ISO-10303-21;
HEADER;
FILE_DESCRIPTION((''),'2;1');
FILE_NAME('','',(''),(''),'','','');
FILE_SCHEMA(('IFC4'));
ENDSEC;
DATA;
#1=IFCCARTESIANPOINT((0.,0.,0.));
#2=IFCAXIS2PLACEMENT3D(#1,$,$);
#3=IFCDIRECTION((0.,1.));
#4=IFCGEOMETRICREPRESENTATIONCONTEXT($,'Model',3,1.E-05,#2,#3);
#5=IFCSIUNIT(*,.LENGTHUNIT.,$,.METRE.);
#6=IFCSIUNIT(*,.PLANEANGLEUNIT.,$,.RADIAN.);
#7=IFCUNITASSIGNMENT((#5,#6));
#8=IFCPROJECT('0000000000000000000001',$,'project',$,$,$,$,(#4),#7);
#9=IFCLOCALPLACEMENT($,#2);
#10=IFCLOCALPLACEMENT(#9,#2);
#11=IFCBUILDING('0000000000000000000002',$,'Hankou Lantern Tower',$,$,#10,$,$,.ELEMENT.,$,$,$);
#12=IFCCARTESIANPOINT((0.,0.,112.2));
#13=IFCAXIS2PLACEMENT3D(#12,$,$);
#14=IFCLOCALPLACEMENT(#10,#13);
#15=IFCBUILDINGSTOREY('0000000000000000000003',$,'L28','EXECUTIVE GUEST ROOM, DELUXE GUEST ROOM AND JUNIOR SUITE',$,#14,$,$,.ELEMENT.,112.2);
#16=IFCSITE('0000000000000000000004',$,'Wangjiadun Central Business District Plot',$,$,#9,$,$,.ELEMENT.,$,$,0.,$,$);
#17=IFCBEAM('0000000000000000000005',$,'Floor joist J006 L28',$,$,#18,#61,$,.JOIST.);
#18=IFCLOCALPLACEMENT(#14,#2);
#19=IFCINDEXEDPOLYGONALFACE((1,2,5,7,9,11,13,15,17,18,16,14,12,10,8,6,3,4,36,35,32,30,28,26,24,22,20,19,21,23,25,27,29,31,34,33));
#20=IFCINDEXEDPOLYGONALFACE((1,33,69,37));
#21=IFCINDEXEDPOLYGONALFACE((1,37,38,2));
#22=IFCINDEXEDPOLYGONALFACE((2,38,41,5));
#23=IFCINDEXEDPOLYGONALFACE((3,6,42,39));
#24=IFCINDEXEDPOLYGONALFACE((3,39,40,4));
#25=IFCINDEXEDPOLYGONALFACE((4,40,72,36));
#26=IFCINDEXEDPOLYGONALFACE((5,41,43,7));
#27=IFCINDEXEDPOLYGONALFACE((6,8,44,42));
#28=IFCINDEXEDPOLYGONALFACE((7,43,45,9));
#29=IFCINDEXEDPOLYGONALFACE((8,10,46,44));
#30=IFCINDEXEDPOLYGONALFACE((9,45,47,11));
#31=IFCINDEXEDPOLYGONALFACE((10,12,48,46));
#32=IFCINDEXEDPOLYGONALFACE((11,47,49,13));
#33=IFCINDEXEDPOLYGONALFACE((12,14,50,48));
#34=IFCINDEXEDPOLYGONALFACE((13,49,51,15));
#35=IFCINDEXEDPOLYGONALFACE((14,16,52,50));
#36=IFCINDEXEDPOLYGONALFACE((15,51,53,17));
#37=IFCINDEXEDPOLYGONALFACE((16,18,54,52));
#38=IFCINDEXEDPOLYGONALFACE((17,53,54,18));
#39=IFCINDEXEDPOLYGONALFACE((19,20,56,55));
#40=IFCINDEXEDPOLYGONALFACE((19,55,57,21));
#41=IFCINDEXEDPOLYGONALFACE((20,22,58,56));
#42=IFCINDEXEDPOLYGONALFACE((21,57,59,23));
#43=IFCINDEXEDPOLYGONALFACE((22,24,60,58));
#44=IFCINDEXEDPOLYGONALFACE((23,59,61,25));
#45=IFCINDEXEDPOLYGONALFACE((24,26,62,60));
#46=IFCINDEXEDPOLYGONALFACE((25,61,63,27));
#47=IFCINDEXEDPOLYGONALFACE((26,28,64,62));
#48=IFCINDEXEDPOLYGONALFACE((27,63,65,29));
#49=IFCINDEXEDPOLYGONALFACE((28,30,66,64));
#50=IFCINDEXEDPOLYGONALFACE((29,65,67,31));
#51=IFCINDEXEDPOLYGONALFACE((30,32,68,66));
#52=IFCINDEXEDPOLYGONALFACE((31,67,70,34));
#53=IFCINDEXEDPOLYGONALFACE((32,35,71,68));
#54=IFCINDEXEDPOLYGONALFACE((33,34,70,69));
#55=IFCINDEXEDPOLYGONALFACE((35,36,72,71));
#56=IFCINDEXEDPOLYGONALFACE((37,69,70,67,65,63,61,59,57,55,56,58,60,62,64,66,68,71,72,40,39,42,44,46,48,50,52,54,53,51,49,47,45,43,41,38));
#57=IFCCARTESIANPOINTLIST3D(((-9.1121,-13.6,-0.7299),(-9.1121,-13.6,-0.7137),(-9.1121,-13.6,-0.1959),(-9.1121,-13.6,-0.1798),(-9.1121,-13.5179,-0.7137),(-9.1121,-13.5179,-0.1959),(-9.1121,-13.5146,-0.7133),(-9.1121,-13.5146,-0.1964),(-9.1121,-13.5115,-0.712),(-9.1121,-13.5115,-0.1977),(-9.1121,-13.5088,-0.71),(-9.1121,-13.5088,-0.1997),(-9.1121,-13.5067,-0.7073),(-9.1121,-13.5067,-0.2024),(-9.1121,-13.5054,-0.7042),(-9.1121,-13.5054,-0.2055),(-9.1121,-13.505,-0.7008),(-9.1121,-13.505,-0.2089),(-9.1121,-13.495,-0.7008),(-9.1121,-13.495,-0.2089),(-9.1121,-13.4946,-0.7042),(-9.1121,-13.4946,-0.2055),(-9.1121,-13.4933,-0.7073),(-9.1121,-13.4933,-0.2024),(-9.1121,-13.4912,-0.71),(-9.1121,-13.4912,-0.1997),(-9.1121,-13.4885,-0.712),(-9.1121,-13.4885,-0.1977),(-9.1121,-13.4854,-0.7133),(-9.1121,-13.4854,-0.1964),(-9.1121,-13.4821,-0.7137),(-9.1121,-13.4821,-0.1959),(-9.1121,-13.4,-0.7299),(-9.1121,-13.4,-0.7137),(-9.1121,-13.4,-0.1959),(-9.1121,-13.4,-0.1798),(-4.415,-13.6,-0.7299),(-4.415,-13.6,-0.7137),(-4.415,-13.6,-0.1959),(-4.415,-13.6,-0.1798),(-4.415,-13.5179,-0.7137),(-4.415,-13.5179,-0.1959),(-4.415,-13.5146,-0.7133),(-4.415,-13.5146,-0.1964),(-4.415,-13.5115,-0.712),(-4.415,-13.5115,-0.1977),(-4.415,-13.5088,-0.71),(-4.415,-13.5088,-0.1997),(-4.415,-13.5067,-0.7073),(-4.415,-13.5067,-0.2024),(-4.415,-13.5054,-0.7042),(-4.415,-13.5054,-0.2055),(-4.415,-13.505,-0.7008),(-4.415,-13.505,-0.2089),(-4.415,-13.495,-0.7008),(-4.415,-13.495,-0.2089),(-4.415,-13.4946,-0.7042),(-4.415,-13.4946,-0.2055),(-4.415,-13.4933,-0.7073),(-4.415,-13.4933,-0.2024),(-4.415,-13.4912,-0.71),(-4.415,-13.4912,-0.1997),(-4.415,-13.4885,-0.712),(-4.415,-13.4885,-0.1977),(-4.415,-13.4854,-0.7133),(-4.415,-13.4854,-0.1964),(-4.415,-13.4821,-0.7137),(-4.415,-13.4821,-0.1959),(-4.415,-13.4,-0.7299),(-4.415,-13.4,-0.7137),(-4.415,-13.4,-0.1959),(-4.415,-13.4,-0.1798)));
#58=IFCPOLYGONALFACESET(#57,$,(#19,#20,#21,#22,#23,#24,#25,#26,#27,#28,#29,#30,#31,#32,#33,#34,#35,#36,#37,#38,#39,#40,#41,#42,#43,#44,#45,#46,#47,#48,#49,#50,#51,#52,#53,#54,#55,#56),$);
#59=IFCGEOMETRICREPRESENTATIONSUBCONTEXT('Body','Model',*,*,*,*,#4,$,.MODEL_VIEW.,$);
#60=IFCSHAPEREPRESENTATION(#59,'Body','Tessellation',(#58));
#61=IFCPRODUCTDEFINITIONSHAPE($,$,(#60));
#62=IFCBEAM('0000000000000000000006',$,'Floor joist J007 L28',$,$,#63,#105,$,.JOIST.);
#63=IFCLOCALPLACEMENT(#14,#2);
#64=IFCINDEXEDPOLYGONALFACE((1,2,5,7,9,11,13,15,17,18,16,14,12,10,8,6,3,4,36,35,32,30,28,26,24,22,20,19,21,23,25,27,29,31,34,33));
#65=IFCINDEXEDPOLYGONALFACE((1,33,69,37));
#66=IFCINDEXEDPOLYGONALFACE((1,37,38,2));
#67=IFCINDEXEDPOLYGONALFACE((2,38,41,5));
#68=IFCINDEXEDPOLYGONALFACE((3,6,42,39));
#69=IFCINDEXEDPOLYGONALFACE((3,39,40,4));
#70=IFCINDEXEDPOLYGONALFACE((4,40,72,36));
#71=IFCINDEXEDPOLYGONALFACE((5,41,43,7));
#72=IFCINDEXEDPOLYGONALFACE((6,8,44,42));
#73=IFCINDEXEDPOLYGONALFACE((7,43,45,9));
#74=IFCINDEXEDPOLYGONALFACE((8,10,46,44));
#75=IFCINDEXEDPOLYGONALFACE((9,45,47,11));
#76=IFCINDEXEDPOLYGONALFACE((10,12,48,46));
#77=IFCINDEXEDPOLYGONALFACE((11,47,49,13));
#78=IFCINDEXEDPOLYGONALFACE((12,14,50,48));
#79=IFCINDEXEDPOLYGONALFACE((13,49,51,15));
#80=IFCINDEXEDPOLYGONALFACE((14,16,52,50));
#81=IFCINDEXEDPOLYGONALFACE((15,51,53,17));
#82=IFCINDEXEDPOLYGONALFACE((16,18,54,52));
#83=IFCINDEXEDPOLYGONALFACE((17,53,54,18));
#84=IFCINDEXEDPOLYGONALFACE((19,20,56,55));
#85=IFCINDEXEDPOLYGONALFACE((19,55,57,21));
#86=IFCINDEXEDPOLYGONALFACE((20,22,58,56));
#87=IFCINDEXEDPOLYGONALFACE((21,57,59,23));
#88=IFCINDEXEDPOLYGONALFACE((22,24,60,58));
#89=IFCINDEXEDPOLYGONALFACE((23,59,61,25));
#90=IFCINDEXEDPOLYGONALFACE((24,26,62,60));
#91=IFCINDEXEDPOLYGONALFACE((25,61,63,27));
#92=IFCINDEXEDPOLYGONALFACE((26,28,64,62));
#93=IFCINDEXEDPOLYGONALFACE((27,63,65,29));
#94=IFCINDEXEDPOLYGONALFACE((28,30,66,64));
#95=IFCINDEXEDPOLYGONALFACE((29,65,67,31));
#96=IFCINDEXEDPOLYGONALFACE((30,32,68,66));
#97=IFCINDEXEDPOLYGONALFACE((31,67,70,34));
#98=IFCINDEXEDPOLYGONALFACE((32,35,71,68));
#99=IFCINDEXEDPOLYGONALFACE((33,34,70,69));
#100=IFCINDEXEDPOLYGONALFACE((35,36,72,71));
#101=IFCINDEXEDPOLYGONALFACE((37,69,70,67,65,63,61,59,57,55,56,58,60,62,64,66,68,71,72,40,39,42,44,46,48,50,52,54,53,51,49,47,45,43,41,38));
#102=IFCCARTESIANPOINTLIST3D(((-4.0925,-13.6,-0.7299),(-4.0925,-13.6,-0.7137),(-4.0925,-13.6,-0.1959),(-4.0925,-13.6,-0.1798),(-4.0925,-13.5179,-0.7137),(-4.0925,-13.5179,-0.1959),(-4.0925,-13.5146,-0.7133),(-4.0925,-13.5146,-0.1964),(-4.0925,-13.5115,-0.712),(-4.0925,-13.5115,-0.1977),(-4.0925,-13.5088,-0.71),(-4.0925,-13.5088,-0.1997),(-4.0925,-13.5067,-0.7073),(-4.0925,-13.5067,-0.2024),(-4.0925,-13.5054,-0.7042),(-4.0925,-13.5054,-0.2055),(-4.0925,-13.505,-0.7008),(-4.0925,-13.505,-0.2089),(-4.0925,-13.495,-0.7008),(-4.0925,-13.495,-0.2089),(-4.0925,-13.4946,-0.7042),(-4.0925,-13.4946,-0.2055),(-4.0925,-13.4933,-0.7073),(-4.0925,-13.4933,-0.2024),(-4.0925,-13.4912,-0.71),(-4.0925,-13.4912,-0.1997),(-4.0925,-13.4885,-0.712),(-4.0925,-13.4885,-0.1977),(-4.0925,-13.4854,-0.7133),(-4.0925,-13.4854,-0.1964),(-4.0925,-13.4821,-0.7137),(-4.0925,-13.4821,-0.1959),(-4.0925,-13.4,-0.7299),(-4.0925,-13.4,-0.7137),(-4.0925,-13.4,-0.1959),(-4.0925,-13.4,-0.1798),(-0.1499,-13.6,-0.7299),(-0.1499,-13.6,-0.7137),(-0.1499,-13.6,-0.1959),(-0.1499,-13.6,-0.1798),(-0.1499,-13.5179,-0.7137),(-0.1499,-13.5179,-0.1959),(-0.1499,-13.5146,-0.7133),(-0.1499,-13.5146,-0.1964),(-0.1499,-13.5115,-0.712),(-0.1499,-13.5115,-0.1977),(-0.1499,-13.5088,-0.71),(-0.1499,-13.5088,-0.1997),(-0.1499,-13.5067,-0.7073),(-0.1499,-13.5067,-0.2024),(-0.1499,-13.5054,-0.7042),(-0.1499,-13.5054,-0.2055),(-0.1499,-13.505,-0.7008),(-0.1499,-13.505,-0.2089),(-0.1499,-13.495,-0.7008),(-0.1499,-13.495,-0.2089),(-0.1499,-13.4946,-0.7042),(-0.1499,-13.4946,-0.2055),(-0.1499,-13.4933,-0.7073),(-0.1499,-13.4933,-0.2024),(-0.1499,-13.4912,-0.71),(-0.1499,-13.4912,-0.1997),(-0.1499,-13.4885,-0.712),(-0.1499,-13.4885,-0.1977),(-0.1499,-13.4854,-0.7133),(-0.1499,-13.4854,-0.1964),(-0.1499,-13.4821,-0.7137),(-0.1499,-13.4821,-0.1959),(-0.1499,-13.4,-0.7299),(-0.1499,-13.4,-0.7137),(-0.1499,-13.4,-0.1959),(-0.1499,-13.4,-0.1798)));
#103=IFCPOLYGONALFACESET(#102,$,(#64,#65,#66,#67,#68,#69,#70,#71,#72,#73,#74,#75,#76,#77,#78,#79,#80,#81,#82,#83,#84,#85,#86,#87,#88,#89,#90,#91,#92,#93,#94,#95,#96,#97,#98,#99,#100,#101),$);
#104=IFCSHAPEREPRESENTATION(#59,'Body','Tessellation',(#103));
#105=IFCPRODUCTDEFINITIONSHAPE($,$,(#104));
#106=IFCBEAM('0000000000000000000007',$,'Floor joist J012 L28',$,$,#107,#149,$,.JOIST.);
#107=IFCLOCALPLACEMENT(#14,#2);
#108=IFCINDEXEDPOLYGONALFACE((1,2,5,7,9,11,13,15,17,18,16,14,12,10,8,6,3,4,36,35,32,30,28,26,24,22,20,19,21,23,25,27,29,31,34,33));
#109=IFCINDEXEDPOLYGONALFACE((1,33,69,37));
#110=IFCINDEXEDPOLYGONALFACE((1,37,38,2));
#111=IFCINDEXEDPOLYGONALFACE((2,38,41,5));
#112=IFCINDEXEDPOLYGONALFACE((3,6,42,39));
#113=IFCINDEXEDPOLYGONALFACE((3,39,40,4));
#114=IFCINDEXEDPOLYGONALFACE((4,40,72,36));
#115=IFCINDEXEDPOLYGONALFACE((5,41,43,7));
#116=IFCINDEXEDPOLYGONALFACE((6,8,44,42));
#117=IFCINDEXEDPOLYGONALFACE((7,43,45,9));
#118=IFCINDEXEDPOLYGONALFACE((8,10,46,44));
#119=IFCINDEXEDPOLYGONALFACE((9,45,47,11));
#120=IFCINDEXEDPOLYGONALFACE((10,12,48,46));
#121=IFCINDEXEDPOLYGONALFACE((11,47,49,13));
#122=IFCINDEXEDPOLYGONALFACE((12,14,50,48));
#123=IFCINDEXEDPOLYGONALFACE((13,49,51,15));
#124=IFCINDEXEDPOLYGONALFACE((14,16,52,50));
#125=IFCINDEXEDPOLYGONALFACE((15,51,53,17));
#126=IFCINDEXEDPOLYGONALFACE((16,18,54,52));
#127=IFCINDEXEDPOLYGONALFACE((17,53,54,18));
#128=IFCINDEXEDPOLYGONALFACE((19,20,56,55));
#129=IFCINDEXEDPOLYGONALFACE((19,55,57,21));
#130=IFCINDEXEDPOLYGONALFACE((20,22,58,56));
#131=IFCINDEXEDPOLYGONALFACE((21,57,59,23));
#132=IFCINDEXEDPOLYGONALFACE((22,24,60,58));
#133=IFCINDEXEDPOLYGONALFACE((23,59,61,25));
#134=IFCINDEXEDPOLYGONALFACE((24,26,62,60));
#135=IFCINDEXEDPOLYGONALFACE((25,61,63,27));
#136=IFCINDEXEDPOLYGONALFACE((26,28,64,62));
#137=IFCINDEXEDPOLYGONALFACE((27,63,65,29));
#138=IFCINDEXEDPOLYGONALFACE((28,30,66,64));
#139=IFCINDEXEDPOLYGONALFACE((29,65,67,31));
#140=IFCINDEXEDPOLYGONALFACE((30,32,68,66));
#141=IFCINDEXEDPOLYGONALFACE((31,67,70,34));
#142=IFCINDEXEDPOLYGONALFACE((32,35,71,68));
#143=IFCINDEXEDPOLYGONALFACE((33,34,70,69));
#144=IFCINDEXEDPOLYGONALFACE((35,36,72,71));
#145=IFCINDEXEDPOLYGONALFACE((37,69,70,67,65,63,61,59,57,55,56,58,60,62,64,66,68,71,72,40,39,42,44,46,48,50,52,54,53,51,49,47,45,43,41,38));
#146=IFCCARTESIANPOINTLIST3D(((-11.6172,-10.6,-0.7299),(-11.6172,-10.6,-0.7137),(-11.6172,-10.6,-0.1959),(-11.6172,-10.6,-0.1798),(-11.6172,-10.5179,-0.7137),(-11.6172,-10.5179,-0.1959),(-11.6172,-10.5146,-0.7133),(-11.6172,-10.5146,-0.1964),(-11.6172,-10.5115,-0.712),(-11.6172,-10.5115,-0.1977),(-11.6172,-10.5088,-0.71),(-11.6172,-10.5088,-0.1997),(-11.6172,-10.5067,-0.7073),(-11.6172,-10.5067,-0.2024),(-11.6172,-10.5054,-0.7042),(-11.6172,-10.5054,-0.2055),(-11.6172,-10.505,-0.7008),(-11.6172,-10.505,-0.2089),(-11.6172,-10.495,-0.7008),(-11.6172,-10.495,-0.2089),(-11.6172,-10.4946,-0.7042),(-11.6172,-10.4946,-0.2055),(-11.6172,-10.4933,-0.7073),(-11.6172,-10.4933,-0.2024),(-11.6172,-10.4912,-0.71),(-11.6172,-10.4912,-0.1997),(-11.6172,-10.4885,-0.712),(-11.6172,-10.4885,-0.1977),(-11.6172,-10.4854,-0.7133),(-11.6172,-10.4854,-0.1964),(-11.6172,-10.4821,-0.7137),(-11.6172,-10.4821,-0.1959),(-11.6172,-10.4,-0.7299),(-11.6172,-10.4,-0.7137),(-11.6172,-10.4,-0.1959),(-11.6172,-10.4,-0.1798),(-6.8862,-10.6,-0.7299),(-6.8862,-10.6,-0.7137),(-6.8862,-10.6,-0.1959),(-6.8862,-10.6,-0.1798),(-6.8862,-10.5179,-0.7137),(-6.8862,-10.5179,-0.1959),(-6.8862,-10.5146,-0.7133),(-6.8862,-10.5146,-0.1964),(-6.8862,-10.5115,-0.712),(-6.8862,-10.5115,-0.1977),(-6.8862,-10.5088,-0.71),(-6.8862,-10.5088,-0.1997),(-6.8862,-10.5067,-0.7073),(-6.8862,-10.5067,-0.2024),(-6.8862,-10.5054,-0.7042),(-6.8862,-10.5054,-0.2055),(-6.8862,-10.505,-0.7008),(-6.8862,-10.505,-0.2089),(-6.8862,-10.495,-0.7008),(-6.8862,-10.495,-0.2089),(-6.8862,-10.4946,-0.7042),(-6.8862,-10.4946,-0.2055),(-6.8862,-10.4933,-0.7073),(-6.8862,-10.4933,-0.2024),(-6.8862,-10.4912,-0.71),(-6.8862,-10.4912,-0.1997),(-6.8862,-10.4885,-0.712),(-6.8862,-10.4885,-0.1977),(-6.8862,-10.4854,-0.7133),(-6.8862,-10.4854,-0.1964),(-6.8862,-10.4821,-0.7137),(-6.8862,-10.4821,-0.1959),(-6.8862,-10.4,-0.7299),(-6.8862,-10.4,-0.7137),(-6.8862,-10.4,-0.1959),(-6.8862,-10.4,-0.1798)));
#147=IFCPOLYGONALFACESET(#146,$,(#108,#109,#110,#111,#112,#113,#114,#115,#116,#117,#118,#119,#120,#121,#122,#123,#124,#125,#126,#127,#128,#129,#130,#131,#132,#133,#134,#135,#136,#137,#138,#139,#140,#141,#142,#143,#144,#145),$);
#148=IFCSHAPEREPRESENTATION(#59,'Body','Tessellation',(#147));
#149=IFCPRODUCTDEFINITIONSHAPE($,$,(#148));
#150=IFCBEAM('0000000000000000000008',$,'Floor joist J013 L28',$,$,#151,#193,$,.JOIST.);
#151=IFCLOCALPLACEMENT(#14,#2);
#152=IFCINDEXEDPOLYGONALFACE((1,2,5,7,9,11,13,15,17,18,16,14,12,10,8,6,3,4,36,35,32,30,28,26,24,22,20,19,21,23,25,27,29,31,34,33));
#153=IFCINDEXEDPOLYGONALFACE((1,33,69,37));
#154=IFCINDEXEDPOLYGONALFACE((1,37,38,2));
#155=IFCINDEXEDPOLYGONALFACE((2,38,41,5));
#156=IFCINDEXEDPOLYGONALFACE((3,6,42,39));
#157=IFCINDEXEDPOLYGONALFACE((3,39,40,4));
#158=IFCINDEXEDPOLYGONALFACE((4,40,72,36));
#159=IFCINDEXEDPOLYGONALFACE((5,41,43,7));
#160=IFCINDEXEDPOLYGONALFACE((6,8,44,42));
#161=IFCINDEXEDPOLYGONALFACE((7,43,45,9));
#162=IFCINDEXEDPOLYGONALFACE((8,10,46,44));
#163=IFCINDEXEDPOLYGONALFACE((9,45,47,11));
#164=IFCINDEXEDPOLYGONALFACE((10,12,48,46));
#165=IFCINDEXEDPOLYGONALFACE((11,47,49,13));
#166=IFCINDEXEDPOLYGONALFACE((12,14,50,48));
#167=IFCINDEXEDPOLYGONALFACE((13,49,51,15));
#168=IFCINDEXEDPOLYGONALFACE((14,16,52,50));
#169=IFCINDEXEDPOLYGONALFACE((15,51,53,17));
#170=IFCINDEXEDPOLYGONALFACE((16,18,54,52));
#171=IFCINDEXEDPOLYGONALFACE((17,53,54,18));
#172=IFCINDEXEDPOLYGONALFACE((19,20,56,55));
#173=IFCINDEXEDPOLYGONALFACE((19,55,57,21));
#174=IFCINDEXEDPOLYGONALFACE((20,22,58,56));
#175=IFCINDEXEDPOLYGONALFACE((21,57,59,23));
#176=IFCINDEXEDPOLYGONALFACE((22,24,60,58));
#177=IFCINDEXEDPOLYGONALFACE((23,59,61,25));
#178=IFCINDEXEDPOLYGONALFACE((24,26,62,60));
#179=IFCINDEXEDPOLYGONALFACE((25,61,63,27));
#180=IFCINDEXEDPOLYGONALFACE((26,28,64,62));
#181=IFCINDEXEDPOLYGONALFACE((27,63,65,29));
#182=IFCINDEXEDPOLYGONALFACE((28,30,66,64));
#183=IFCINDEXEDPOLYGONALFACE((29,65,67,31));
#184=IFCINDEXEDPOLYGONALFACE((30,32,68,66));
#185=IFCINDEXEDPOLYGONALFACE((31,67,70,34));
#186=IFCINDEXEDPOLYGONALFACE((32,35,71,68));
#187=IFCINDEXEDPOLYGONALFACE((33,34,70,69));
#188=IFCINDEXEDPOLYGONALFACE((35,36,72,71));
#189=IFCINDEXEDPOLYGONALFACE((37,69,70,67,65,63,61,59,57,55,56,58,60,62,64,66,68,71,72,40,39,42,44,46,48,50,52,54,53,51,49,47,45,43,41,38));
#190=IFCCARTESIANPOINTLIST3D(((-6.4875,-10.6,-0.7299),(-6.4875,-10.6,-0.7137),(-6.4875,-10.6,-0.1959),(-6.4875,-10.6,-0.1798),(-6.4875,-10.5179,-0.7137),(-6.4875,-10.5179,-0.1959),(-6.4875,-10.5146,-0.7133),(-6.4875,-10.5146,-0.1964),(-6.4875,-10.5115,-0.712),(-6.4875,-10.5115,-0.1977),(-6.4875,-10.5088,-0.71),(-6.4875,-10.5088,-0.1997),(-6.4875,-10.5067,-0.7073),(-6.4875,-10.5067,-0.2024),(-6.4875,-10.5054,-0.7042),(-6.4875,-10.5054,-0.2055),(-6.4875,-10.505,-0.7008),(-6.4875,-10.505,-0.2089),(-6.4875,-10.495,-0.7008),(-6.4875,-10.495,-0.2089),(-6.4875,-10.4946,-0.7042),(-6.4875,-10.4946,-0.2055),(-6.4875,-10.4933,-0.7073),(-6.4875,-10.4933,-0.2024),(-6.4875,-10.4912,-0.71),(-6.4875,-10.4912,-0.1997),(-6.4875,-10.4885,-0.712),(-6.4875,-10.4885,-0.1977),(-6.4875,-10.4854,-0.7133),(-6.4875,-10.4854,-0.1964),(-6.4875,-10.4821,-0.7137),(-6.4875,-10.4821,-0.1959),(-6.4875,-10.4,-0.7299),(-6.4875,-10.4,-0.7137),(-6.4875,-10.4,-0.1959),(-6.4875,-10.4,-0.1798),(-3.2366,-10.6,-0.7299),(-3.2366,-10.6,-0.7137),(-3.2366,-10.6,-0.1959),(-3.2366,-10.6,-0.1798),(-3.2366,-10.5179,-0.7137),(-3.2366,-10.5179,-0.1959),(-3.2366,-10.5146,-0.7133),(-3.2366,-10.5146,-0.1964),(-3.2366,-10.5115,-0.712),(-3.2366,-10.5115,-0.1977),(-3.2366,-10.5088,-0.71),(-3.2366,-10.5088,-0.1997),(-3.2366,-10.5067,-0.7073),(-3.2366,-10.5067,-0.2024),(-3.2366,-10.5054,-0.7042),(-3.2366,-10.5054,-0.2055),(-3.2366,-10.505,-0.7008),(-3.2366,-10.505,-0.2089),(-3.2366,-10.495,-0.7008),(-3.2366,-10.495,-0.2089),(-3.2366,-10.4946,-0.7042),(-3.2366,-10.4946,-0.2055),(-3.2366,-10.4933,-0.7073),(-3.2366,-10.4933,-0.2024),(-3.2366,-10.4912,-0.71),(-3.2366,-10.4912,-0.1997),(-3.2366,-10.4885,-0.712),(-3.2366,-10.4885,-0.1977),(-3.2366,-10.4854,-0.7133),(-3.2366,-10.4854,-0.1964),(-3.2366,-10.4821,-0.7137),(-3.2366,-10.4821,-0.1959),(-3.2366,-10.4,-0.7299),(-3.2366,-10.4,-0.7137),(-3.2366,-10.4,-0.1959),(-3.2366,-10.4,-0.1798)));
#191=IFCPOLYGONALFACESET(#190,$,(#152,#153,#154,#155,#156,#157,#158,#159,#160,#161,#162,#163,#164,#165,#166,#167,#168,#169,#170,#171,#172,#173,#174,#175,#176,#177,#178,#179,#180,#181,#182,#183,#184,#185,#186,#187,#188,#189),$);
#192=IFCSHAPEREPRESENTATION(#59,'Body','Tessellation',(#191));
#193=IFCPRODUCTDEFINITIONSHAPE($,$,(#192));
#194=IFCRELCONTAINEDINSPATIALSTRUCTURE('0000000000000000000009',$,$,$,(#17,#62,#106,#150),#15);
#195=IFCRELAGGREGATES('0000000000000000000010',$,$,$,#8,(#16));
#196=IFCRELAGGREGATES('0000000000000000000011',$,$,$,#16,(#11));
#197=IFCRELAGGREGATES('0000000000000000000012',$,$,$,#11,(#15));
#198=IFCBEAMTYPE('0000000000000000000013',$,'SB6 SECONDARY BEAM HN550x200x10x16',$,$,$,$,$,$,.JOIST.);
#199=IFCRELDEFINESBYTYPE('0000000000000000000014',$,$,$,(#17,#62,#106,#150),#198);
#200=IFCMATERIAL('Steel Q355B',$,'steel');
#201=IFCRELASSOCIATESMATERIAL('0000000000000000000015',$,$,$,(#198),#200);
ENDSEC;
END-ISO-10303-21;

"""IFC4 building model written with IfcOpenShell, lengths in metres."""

from ifc_helpers import new_model, si_unit, direction, frame, origin, origin_2d, place, context, subcontext, project, spatial, i_section, extrude, material, material_profile, profile_set, type_object, element, save


model = new_model("IFC4")

# Units and contexts
model_context = context("Model", 3, precision=1e-05, world=origin(), true_north=direction((0.0, 1.0)))
body_context = subcontext(model_context, "Body", "Model", "MODEL_VIEW")
ifc_project = project(units=[si_unit("LENGTHUNIT", "METRE"), si_unit("PLANEANGLEUNIT", "RADIAN")], contexts=[model_context])

# Site, building, storey
site_placement = place(None, origin())
site = spatial("IfcSite", under=ifc_project, at=site_placement, Name="Wangjiadun Central Business District Plot", CompositionType="ELEMENT", RefElevation=0.0)
building_placement = place(site_placement, origin())
building = spatial("IfcBuilding", under=site, at=building_placement, Name="Hankou Lantern Tower", CompositionType="ELEMENT")
storey_placement = place(building_placement, frame((0.0, 0.0, 112.2)))
storey = spatial("IfcBuildingStorey", under=building, at=storey_placement, Name="L28", Description="EXECUTIVE GUEST ROOM, DELUXE GUEST ROOM AND JUNIOR SUITE", CompositionType="ELEMENT", Elevation=112.2)

# Beams
ifc_material_1 = material(Name="Steel Q355B", Category="steel")
ifc_material_profile_1 = material_profile(ifc_material_1, i_section(OverallWidth=0.2, OverallDepth=0.55, WebThickness=0.01, FlangeThickness=0.0161, FilletRadius=0.0129, at=origin_2d()), Name="HN550x200x10x16")
ifc_profile_set_1 = profile_set([ifc_material_profile_1], Name="Steel Q355B")
beam_type_1 = type_object("IfcBeamType", Name="SB6 SECONDARY BEAM HN550x200x10x16", PredefinedType="JOIST", material=ifc_profile_set_1)
beam_1_placement = place(storey_placement, frame((-9.1121, -13.5, -0.4548), z_axis=(1.0, 0.0, 0.0), x_axis=(0.0, 1.0, 0.0)))
element("IfcBeam", 1, at=beam_1_placement, inside=storey, type_object=beam_type_1, Name="Floor joist J006 L28", PredefinedType="JOIST", context=body_context, shape_type="SweptSolid", body=[
    extrude(i_section(OverallWidth=0.2, OverallDepth=0.55, WebThickness=0.01, FlangeThickness=0.0161, FilletRadius=0.0129, at=origin_2d()), origin(), (0.0, 0.0, 1.0), 4.697),
])
beam_2_placement = place(storey_placement, frame((-4.0925, -13.5, -0.4548), z_axis=(1.0, 0.0, 0.0), x_axis=(0.0, 1.0, 0.0)))
element("IfcBeam", 2, at=beam_2_placement, inside=storey, type_object=beam_type_1, Name="Floor joist J007 L28", PredefinedType="JOIST", context=body_context, shape_type="SweptSolid", body=[
    extrude(i_section(OverallWidth=0.2, OverallDepth=0.55, WebThickness=0.01, FlangeThickness=0.0161, FilletRadius=0.0129, at=origin_2d()), origin(), (0.0, 0.0, 1.0), 3.9426),
])
beam_3_placement = place(storey_placement, frame((-11.6172, -10.5, -0.4548), z_axis=(1.0, 0.0, 0.0), x_axis=(0.0, 1.0, 0.0)))
element("IfcBeam", 3, at=beam_3_placement, inside=storey, type_object=beam_type_1, Name="Floor joist J012 L28", PredefinedType="JOIST", context=body_context, shape_type="SweptSolid", body=[
    extrude(i_section(OverallWidth=0.2, OverallDepth=0.55, WebThickness=0.01, FlangeThickness=0.0161, FilletRadius=0.0129, at=origin_2d()), origin(), (0.0, 0.0, 1.0), 4.731),
])
beam_4_placement = place(storey_placement, frame((-6.4875, -10.5, -0.4548), z_axis=(1.0, 0.0, 0.0), x_axis=(0.0, 1.0, 0.0)))
element("IfcBeam", 4, at=beam_4_placement, inside=storey, type_object=beam_type_1, Name="Floor joist J013 L28", PredefinedType="JOIST", context=body_context, shape_type="SweptSolid", body=[
    extrude(i_section(OverallWidth=0.2, OverallDepth=0.55, WebThickness=0.01, FlangeThickness=0.0161, FilletRadius=0.0129, at=origin_2d()), origin(), (0.0, 0.0, 1.0), 3.251),
])

save(model, "model.ifc")
